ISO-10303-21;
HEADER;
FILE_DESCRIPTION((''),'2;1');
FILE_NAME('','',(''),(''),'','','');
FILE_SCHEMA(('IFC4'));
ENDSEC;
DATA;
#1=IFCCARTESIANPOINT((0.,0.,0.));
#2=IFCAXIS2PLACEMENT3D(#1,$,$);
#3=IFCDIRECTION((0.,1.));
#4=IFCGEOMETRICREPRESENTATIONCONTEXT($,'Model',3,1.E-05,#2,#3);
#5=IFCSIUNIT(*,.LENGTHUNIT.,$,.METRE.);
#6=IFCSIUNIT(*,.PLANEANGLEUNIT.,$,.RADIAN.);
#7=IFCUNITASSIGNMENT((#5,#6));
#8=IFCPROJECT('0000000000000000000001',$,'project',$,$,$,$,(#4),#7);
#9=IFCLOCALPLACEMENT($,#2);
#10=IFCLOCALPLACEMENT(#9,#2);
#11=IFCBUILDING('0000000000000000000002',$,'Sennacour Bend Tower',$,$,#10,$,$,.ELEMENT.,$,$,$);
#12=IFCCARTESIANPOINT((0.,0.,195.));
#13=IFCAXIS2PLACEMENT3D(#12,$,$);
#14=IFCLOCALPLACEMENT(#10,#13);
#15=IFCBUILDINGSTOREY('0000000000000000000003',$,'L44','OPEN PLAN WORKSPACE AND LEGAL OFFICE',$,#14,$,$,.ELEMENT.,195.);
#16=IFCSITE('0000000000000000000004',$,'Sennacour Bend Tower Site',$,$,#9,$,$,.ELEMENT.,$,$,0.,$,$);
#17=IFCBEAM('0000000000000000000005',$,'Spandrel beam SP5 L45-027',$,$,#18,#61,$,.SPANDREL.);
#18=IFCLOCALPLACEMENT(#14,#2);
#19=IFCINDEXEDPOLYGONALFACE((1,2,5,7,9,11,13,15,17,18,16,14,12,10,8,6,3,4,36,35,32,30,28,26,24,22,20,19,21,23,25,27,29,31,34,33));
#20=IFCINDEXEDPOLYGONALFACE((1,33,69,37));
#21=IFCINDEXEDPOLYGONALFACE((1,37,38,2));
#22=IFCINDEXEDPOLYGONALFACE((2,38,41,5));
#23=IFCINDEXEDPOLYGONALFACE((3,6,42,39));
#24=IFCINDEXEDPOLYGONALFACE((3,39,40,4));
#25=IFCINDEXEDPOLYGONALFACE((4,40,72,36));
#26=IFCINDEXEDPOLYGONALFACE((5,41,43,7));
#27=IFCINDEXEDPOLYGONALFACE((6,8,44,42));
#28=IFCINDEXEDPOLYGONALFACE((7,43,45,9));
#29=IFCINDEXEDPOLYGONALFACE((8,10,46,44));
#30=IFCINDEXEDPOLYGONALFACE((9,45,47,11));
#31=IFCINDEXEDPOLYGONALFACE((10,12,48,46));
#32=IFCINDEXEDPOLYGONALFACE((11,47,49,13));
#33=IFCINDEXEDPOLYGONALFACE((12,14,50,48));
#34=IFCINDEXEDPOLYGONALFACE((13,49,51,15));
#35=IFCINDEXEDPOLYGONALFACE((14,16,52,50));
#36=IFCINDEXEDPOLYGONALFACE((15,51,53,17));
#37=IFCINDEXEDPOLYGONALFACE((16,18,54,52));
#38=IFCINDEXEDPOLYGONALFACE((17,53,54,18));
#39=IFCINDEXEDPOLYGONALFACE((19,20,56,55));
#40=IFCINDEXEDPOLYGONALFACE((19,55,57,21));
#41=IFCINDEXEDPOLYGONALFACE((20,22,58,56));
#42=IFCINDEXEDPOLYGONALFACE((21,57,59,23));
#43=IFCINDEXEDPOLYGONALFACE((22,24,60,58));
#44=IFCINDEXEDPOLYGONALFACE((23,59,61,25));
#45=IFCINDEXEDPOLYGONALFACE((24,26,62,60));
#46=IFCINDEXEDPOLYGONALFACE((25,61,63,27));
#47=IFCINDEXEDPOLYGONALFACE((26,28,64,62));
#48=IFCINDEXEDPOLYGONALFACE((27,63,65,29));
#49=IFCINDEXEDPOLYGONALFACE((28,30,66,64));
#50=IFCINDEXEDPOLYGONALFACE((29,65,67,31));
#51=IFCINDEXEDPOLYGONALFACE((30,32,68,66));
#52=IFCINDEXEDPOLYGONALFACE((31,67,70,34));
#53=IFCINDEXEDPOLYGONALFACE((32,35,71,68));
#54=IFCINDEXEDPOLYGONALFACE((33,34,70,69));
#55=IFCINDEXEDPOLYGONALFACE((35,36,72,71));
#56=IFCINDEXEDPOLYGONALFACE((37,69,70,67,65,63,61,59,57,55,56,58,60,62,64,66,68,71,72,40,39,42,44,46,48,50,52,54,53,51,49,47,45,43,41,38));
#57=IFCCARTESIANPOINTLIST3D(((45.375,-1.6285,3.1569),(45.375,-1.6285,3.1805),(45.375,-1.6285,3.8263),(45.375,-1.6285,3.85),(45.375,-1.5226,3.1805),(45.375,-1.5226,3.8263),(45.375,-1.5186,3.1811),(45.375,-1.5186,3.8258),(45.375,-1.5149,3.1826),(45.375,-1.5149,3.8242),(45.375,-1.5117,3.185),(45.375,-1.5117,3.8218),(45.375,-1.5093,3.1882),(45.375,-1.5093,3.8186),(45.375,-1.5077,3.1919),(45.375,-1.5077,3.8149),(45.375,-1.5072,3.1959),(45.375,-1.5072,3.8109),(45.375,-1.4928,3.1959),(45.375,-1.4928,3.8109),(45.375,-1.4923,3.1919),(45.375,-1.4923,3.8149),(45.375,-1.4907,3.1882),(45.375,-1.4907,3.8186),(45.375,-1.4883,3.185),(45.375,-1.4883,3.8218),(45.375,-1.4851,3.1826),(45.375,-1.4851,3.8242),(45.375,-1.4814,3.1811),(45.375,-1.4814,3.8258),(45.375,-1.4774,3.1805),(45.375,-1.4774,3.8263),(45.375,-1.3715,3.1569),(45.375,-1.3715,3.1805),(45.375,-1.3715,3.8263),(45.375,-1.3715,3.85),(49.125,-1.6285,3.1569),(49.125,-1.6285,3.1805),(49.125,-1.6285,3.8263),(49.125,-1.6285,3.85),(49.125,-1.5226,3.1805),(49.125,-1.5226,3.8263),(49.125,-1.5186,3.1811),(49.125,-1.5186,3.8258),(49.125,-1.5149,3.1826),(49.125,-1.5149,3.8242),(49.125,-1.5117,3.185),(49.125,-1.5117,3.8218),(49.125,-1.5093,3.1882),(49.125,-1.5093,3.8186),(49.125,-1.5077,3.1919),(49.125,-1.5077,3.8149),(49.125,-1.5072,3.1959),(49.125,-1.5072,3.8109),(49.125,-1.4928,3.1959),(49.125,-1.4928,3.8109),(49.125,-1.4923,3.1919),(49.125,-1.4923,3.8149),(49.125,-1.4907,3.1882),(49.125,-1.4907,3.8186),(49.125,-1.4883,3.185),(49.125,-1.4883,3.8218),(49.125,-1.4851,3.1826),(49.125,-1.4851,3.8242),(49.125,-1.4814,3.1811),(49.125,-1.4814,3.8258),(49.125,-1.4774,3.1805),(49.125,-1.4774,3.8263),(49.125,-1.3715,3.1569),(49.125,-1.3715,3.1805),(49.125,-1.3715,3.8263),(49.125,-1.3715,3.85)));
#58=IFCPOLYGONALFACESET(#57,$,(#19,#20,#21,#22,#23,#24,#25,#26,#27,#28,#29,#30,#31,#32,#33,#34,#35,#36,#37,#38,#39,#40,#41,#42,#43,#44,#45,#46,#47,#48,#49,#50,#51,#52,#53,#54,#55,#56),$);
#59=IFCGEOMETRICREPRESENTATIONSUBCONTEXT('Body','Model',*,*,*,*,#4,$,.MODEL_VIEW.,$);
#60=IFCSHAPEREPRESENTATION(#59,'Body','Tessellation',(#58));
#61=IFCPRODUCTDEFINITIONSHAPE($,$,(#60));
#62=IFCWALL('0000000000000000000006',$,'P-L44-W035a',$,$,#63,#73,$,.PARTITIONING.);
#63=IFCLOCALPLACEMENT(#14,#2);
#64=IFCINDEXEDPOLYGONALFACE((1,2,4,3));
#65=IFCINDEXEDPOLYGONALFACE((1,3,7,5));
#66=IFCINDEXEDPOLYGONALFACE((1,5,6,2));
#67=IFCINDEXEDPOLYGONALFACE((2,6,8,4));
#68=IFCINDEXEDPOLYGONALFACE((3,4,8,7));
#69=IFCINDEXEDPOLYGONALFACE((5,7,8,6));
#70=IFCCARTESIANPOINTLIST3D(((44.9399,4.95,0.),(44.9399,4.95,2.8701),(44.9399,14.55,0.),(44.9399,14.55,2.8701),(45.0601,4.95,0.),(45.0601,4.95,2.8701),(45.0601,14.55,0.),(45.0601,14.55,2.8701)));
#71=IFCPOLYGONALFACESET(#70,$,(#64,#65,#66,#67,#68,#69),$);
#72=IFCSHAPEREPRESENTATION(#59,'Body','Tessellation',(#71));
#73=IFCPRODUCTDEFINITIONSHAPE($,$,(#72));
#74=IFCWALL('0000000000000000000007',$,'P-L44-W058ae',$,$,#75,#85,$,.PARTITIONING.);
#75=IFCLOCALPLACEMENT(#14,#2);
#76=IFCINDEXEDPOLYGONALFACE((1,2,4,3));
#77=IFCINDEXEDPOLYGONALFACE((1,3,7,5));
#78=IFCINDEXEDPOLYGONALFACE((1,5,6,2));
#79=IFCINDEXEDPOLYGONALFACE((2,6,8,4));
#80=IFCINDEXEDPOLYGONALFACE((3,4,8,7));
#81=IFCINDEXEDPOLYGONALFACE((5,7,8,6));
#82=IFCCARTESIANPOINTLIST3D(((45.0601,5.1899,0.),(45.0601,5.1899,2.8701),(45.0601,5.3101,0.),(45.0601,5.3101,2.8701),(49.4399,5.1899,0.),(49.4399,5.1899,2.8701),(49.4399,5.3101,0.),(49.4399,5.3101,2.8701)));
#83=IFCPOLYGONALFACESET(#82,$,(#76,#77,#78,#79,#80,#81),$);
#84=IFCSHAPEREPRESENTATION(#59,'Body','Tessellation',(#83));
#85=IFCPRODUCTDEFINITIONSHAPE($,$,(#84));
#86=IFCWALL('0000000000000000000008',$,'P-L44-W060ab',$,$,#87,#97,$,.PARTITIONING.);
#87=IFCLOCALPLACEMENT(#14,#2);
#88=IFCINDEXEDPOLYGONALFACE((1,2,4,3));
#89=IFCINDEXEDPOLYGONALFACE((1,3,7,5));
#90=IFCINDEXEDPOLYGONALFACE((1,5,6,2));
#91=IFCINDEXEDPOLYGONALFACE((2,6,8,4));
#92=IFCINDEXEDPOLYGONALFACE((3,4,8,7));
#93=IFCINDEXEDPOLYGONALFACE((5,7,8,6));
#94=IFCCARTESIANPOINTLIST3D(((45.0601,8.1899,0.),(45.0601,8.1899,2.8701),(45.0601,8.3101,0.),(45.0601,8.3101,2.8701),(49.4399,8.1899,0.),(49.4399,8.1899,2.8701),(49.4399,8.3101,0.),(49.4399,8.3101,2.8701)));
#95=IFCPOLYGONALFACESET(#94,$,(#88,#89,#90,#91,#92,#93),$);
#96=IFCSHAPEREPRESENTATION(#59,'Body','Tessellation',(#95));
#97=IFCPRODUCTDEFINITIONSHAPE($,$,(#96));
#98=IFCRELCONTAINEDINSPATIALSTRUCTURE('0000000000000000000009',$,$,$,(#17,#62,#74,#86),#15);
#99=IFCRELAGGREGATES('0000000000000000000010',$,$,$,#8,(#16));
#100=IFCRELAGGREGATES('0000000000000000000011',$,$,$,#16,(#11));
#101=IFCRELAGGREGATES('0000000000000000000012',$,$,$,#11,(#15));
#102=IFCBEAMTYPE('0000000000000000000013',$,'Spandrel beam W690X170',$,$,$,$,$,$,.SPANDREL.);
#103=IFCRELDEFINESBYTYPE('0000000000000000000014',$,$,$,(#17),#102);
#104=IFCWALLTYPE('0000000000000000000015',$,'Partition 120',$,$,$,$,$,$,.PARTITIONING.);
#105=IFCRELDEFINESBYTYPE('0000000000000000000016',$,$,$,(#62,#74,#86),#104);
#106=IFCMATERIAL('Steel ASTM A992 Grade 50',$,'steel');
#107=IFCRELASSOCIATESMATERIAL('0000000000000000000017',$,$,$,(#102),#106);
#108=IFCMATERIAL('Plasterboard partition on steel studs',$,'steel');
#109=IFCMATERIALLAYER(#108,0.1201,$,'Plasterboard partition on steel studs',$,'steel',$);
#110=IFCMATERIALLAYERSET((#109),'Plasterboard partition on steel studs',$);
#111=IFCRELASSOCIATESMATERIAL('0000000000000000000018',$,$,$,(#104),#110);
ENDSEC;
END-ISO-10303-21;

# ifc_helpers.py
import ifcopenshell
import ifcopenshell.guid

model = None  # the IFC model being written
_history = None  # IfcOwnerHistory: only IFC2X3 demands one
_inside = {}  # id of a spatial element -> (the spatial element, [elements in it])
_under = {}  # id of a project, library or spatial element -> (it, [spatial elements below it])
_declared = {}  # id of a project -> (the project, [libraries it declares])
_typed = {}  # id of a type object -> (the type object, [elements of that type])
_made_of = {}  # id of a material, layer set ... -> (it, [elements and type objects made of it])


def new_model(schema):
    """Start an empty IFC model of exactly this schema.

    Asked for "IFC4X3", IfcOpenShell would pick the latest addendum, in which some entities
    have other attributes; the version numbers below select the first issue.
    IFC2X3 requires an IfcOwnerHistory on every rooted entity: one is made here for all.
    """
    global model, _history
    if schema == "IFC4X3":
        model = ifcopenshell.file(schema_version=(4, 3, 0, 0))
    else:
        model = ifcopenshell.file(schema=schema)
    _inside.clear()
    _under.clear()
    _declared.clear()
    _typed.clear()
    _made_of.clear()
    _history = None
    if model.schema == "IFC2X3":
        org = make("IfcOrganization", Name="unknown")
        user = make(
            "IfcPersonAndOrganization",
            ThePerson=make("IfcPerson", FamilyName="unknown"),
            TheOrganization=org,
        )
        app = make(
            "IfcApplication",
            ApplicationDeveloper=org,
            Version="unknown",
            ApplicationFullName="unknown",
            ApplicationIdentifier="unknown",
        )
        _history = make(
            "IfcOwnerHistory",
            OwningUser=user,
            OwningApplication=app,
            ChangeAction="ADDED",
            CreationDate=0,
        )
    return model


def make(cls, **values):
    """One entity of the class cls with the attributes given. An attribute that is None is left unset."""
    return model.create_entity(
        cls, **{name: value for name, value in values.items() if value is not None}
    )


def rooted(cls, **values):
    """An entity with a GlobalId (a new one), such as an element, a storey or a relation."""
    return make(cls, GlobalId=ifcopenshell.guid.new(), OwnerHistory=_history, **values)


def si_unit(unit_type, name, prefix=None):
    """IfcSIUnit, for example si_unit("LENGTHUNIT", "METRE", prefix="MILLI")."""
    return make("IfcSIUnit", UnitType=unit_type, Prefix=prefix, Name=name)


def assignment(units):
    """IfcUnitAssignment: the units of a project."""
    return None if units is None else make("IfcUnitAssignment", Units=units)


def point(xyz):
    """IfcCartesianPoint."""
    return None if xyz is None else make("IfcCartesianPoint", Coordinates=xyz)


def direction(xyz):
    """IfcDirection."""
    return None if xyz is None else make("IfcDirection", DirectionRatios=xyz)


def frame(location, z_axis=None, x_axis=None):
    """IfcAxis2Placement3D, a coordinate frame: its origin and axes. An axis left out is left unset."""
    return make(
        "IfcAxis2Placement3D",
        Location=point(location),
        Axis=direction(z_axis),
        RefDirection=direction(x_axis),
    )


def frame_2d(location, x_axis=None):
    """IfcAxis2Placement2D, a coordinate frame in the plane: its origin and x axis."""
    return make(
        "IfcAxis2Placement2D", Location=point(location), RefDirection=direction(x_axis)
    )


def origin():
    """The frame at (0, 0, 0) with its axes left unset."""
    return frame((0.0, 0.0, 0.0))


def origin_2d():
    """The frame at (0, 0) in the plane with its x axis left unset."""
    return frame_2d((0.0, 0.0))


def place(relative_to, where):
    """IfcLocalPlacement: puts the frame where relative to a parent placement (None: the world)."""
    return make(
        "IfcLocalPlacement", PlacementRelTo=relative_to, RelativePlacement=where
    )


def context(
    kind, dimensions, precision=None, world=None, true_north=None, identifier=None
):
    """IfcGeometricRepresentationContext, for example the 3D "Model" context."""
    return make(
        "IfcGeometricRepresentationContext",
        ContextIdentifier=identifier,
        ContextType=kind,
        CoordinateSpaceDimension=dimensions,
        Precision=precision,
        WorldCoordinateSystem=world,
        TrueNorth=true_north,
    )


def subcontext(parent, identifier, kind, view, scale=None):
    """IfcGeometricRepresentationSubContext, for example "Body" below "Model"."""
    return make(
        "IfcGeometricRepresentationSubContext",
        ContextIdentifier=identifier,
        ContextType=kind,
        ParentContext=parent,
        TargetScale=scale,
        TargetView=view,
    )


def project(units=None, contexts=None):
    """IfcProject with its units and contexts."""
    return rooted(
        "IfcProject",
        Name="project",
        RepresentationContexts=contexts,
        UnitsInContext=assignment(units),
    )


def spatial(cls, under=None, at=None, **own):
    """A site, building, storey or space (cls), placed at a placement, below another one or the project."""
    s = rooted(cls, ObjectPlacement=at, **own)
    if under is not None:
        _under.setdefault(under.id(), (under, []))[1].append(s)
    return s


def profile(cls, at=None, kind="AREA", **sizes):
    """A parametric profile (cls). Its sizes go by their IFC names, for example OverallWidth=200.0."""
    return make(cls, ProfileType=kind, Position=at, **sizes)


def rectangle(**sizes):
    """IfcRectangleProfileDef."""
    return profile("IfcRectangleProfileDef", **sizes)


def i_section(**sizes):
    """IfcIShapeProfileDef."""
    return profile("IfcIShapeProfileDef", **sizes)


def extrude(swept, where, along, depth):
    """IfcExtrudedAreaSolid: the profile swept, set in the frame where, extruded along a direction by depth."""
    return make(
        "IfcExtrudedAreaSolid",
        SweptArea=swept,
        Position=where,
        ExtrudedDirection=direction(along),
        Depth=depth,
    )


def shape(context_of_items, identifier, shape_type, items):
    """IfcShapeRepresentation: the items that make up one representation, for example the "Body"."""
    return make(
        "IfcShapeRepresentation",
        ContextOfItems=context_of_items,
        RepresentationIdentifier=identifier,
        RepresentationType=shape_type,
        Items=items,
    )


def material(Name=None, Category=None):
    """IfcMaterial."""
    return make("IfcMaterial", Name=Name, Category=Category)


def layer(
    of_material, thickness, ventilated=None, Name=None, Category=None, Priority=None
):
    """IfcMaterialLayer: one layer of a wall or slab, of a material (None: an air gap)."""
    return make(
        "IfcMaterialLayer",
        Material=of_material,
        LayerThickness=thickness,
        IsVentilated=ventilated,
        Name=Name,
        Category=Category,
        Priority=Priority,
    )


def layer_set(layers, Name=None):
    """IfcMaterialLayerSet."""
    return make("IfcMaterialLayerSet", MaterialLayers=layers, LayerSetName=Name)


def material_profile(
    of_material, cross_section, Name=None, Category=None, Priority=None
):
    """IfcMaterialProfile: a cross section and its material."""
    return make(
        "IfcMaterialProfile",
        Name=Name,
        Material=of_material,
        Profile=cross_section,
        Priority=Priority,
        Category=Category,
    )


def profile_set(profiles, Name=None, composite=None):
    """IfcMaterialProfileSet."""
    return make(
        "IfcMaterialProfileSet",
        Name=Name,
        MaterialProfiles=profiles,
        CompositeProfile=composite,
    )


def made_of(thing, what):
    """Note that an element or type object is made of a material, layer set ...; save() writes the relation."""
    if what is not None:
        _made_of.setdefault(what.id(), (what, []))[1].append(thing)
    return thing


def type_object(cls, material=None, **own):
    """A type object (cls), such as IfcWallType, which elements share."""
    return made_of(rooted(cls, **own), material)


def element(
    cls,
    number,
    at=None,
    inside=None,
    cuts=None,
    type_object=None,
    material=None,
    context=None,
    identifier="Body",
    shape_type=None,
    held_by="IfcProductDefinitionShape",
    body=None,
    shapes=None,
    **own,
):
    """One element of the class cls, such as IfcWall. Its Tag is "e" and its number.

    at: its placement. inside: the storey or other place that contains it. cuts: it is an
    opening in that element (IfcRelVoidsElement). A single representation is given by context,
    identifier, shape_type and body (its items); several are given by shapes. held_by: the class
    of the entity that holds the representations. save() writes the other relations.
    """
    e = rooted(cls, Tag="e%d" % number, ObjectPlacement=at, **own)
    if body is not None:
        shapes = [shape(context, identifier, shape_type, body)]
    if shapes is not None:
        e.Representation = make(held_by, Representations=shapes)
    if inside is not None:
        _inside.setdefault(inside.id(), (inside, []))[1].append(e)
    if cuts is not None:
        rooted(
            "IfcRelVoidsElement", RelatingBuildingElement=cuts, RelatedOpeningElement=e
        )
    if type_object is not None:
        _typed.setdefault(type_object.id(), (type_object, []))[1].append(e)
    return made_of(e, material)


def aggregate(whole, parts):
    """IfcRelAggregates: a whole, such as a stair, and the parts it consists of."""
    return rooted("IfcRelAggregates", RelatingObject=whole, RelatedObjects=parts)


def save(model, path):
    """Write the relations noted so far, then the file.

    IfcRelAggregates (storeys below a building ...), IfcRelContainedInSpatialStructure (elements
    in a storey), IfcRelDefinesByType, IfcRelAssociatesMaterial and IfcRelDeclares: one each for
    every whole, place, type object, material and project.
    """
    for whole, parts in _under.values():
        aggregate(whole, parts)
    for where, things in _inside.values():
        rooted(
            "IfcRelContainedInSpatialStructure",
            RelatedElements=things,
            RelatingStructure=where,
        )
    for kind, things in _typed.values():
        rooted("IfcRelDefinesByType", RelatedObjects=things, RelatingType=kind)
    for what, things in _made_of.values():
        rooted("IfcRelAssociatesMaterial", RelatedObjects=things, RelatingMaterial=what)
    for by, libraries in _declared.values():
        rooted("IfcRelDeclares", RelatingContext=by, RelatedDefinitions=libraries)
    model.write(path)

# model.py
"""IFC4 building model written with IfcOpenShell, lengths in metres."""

from ifc_helpers import new_model, si_unit, direction, frame, frame_2d, origin, origin_2d, place, context, subcontext, project, spatial, rectangle, i_section, extrude, material, layer, layer_set, material_profile, profile_set, type_object, element, save


model = new_model("IFC4")

# Units and contexts
model_context = context("Model", 3, precision=1e-05, world=origin(), true_north=direction((0.0, 1.0)))
body_context = subcontext(model_context, "Body", "Model", "MODEL_VIEW")
ifc_project = project(units=[si_unit("LENGTHUNIT", "METRE"), si_unit("PLANEANGLEUNIT", "RADIAN")], contexts=[model_context])

# Site, building, storey
site_placement = place(None, origin())
site = spatial("IfcSite", under=ifc_project, at=site_placement, Name="Sennacour Bend Tower Site", CompositionType="ELEMENT", RefElevation=0.0)
building_placement = place(site_placement, origin())
building = spatial("IfcBuilding", under=site, at=building_placement, Name="Sennacour Bend Tower", CompositionType="ELEMENT")
storey_placement = place(building_placement, frame((0.0, 0.0, 195.0)))
storey = spatial("IfcBuildingStorey", under=building, at=storey_placement, Name="L44", Description="OPEN PLAN WORKSPACE AND LEGAL OFFICE", CompositionType="ELEMENT", Elevation=195.0)

# Beam
ifc_material_1 = material(Name="Steel ASTM A992 Grade 50", Category="steel")
ifc_material_profile_1 = material_profile(ifc_material_1, i_section(OverallWidth=0.2571, OverallDepth=0.6931, WebThickness=0.0144, FlangeThickness=0.0237, FilletRadius=0.0154, at=origin_2d()), Name="Steel ASTM A992 Grade 50", Category="steel")
ifc_profile_set_1 = profile_set([ifc_material_profile_1], Name="Steel ASTM A992 Grade 50")
beam_type_1 = type_object("IfcBeamType", Name="Spandrel beam W690X170", PredefinedType="SPANDREL", material=ifc_profile_set_1)
beam_1_placement = place(storey_placement, frame((49.125, -1.5, 3.5034), z_axis=(-1.0, 0.0, 0.0), x_axis=(0.0, -1.0, 0.0)))
element("IfcBeam", 1, at=beam_1_placement, inside=storey, type_object=beam_type_1, Name="Spandrel beam SP5 L45-027", PredefinedType="SPANDREL", context=body_context, shape_type="SweptSolid", body=[
    extrude(i_section(OverallWidth=0.2571, OverallDepth=0.6931, WebThickness=0.0144, FlangeThickness=0.0237, FilletRadius=0.0154, at=origin_2d()), origin(), (0.0, 0.0, 1.0), 3.75),
])

# Walls
ifc_material_2 = material(Name="Plasterboard partition on steel studs", Category="steel")
ifc_layer_1 = layer(ifc_material_2, 0.1201, Name="Plasterboard partition on steel studs", Category="steel")
ifc_layer_set_1 = layer_set([ifc_layer_1], Name="Plasterboard partition on steel studs")
wall_type_1 = type_object("IfcWallType", Name="Partition 120", PredefinedType="PARTITIONING", material=ifc_layer_set_1)
wall_1_placement = place(storey_placement, frame((45.0, 4.95, 0.0), z_axis=(0.0, 0.0, 1.0), x_axis=(0.0, 1.0, 0.0)))
element("IfcWall", 2, at=wall_1_placement, inside=storey, type_object=wall_type_1, Name="P-L44-W035a", PredefinedType="PARTITIONING", context=body_context, shape_type="SweptSolid", body=[
    extrude(rectangle(XDim=9.6001, YDim=0.1201, at=frame_2d((4.8, 0.0))), origin(), (0.0, 0.0, 1.0), 2.8701),
])
for number, where, z_axis, x_axis, name in (
    (3, (45.0601, 5.25, 0.0), (0.0, 0.0, 1.0), (1.0, 0.0, 0.0), "P-L44-W058ae"),
    (4, (45.0601, 8.25, 0.0), (0.0, 0.0, 1.0), (1.0, 0.0, 0.0), "P-L44-W060ab"),
):
    element("IfcWall", number, at=place(storey_placement, frame(where, z_axis=z_axis, x_axis=x_axis)), inside=storey, type_object=wall_type_1, Name=name, PredefinedType="PARTITIONING", context=body_context, shape_type="SweptSolid", body=[
        extrude(rectangle(XDim=4.3799, YDim=0.1201, at=frame_2d((2.1899, 0.0))), origin(), (0.0, 0.0, 1.0), 2.8701),
    ])

save(model, "model.ifc")
